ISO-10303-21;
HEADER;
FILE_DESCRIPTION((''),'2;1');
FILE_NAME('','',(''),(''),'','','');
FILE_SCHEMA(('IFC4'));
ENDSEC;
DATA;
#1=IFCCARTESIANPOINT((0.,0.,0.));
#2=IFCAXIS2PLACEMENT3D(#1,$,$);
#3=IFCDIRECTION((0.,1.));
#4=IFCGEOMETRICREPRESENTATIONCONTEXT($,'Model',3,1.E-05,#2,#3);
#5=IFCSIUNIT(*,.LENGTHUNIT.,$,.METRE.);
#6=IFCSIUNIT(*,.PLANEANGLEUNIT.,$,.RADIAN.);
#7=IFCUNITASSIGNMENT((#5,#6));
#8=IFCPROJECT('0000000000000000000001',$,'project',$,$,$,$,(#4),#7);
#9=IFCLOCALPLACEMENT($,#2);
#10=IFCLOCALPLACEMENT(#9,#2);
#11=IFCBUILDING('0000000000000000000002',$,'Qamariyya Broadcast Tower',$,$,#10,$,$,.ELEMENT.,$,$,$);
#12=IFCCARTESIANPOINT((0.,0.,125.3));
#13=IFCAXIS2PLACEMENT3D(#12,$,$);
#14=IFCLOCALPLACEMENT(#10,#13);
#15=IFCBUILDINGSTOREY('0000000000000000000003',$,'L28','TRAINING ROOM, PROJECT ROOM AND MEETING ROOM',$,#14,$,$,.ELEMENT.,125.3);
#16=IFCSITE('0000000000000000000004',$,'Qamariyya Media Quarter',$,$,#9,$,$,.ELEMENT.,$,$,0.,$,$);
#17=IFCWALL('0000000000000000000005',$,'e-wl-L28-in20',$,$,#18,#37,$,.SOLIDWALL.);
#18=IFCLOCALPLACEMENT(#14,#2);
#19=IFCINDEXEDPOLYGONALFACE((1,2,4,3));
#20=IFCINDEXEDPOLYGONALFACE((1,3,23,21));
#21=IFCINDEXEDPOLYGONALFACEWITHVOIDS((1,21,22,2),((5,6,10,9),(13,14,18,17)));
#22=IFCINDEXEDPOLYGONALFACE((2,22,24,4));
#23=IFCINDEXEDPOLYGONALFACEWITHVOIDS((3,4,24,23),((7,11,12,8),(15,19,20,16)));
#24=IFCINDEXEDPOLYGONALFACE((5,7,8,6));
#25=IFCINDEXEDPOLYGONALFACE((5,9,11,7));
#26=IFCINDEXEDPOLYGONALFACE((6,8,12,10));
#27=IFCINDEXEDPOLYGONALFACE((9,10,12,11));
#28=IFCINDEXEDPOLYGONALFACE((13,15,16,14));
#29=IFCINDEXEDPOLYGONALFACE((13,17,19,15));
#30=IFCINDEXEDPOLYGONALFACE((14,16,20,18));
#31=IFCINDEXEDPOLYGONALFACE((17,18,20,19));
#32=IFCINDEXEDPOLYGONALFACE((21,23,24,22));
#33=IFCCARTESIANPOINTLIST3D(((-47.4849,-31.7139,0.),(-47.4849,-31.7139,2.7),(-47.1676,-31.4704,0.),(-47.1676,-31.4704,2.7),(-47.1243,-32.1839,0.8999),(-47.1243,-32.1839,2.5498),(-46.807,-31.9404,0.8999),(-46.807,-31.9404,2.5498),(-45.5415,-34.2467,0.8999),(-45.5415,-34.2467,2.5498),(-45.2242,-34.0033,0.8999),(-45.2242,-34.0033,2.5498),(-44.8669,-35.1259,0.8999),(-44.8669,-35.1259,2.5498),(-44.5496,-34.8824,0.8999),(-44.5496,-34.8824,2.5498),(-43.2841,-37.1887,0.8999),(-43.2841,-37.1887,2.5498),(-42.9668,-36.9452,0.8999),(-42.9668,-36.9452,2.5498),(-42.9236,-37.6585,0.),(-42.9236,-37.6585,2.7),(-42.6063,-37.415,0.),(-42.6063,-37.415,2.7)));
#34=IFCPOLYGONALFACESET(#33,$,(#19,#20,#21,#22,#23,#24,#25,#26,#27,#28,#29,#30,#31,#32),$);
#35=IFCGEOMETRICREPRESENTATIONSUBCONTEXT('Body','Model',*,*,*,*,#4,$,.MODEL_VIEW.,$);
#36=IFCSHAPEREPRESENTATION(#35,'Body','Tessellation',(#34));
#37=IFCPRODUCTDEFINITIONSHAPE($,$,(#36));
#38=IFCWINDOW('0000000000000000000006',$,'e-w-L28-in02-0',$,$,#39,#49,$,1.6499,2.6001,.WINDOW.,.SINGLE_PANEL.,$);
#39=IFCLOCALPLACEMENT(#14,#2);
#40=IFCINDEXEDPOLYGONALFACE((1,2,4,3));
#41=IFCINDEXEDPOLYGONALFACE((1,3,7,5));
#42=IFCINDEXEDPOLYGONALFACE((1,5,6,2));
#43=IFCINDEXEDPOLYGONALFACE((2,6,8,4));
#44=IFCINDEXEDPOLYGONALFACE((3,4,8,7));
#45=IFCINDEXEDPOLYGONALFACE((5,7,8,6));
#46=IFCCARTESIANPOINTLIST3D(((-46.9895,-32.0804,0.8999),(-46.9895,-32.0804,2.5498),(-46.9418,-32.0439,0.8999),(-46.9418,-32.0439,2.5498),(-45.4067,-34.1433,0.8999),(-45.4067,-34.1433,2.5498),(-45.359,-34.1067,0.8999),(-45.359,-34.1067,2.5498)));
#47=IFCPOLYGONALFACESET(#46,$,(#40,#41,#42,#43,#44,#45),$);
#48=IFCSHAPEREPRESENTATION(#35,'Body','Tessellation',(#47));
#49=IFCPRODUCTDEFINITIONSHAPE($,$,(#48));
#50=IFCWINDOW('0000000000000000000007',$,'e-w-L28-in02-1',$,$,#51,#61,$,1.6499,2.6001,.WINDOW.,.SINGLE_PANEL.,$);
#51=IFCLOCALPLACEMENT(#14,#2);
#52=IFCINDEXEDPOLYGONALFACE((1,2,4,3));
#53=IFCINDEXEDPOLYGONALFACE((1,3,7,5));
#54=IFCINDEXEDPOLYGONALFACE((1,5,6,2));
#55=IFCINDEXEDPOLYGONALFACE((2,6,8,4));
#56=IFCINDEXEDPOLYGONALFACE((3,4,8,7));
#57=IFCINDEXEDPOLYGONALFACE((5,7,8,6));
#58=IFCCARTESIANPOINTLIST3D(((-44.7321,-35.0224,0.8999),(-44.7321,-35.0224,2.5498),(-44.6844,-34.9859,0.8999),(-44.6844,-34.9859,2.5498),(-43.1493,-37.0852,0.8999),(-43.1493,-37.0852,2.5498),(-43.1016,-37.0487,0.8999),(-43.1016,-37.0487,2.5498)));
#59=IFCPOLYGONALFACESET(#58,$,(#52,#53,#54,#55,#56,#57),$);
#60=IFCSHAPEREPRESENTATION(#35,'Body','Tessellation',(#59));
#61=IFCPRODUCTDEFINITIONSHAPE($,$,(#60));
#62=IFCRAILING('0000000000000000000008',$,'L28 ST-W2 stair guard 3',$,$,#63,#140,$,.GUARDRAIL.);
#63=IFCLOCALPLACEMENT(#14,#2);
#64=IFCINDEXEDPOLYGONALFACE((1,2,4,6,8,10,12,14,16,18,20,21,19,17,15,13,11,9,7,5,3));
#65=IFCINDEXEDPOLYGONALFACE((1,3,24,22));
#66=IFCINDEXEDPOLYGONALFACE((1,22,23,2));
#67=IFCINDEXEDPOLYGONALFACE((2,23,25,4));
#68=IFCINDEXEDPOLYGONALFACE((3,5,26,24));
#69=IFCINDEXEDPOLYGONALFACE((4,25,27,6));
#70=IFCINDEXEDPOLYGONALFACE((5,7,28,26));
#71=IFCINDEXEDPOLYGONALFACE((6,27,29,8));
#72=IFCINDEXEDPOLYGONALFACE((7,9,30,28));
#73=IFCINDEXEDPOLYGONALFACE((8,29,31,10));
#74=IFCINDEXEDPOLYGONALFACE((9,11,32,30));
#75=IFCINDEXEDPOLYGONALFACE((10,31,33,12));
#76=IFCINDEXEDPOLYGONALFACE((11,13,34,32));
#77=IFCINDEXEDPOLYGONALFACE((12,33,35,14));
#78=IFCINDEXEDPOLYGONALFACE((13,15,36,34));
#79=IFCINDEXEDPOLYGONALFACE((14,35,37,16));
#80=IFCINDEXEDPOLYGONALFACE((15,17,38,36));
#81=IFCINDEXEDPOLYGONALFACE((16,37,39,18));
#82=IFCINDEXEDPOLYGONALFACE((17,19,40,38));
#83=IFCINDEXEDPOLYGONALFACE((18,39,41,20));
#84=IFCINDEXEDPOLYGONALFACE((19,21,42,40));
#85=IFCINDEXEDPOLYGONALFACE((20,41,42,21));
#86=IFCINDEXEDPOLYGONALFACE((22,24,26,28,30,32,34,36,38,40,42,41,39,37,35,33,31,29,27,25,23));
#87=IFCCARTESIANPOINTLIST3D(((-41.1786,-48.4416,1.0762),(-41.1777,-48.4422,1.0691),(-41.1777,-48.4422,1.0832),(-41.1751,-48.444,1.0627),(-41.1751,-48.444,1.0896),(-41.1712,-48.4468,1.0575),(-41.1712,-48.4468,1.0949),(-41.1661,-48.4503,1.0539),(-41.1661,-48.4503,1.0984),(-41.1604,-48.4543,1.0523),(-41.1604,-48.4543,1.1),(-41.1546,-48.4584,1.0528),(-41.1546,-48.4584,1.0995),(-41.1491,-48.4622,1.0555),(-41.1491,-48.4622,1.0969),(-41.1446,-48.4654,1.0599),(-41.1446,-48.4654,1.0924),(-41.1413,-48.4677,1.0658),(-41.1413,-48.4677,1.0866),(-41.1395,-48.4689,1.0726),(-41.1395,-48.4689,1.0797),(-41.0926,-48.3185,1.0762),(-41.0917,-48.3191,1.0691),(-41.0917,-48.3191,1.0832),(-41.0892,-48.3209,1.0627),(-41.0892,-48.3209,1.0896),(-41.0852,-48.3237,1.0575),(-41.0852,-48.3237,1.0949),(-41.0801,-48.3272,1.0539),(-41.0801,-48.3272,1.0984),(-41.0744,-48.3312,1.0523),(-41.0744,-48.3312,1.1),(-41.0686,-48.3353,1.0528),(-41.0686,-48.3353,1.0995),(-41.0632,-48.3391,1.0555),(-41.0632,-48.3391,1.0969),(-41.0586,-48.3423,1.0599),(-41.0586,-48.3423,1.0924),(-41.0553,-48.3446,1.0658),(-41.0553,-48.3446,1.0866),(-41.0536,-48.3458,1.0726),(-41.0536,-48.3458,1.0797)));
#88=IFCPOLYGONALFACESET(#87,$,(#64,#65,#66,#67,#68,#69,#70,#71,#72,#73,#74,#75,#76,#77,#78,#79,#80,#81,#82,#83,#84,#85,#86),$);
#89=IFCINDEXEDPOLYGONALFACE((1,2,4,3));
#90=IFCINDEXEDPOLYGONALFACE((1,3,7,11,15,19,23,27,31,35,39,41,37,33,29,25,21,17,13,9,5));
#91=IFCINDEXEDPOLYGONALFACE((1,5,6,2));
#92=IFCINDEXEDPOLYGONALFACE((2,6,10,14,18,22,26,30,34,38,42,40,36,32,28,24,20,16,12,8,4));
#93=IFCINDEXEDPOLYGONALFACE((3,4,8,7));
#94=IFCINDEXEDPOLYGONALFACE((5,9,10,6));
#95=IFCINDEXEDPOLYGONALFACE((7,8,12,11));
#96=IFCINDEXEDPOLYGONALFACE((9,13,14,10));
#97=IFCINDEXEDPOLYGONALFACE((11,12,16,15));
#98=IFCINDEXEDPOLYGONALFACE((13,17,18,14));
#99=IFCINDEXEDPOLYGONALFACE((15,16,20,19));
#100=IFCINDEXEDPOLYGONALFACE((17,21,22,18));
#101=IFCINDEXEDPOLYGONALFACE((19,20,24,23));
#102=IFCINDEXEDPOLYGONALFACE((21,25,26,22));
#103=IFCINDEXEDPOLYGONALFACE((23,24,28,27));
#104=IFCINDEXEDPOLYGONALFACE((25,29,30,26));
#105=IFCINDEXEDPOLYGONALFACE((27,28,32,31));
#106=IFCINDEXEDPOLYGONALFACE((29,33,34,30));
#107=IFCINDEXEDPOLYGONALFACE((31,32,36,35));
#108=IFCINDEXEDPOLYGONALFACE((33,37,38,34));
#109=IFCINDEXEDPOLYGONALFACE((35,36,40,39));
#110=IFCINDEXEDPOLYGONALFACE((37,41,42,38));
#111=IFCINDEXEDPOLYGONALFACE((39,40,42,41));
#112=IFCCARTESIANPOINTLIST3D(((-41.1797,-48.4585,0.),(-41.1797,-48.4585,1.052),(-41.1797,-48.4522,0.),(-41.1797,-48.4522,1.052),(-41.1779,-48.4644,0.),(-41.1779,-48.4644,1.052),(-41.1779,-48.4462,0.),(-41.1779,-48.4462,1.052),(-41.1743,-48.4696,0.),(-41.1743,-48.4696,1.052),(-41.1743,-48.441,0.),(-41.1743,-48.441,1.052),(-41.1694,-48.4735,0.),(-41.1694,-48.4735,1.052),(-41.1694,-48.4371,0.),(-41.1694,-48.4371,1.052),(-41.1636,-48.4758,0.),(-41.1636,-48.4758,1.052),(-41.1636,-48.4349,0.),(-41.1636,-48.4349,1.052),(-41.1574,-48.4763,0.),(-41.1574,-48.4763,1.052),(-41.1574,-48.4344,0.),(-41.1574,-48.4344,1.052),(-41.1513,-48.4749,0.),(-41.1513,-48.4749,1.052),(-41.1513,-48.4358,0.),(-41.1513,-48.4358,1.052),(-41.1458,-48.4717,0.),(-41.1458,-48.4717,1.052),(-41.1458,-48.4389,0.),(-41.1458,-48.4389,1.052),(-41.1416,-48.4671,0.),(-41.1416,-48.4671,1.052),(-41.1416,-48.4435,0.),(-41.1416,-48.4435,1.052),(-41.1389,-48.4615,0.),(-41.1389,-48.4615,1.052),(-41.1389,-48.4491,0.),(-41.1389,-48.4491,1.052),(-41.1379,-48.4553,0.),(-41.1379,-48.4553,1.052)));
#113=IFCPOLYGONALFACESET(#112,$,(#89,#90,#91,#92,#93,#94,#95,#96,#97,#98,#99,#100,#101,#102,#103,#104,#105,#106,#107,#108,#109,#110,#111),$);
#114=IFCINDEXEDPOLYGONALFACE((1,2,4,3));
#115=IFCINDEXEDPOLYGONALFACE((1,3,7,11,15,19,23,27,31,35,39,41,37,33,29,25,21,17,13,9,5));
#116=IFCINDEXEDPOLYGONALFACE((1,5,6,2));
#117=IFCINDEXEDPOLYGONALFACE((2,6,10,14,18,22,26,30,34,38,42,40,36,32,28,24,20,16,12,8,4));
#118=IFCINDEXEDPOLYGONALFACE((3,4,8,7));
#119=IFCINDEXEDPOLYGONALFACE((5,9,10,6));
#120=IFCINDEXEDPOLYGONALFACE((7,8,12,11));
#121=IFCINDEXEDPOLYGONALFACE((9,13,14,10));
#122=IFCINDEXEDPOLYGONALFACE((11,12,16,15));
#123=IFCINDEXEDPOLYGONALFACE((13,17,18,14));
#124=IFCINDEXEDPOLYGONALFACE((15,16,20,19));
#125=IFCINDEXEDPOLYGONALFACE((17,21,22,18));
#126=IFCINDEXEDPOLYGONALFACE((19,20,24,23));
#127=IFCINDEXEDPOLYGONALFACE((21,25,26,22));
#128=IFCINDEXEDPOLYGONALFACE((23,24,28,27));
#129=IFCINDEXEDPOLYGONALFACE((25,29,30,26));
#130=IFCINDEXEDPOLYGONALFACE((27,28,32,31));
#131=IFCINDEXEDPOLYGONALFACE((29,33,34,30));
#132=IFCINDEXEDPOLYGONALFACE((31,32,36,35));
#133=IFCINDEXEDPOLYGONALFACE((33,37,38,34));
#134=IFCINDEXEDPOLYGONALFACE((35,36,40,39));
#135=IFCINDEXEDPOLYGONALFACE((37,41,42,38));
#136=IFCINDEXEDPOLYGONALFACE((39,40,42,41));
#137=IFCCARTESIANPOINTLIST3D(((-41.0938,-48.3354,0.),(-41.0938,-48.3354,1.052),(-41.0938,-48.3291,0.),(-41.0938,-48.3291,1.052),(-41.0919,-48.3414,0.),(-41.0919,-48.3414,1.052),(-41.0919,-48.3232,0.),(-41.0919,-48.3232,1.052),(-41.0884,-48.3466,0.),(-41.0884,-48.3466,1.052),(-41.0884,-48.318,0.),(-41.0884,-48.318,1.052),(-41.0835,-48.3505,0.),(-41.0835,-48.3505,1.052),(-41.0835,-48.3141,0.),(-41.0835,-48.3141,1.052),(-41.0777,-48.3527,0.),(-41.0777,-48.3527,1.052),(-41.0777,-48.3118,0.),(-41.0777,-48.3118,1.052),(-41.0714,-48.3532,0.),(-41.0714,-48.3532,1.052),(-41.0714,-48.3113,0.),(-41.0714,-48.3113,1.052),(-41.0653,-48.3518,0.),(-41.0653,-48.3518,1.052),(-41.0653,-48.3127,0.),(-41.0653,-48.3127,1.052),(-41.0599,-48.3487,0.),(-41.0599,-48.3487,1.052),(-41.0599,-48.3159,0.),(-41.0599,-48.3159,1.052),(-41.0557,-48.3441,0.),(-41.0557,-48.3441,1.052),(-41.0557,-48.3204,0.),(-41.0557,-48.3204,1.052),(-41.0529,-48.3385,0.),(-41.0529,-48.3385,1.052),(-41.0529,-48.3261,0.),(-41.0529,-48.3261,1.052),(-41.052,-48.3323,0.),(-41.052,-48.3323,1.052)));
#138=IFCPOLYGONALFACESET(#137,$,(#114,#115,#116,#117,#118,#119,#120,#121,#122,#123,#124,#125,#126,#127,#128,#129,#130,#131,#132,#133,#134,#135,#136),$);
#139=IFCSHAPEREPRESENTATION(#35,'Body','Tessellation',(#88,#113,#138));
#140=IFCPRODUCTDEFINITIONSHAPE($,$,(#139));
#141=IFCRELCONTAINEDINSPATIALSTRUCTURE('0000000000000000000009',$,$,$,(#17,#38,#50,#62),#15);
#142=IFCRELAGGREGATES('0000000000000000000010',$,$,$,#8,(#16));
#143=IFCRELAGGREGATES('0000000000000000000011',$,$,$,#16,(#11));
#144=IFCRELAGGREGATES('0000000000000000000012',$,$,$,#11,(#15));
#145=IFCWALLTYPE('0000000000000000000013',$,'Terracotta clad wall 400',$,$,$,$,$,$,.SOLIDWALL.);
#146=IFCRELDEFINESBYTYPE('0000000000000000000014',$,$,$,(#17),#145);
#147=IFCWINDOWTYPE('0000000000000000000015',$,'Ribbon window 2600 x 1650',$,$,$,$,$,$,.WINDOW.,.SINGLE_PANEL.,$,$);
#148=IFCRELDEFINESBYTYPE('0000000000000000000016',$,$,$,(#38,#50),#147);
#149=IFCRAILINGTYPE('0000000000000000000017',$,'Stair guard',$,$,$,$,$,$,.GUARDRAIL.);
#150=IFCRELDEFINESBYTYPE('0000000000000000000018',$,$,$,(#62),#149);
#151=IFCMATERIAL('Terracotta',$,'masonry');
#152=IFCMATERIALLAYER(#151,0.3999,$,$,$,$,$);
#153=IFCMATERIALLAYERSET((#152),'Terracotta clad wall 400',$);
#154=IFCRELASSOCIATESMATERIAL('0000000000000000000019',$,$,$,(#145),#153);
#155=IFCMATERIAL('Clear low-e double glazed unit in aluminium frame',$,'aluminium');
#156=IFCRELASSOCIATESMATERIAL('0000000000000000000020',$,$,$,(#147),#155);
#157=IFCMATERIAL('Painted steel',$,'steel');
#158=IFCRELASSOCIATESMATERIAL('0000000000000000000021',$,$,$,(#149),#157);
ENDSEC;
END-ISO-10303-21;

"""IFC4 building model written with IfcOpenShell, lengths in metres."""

from ifc_helpers import new_model, si_unit, direction, frame, frame_2d, origin, origin_2d, place, context, subcontext, project, spatial, rectangle, circle, extrude, material, layer, layer_set, type_object, element, fill, save


model = new_model("IFC4")

# Units and contexts
model_context = context("Model", 3, precision=1e-05, world=origin(), true_north=direction((0.0, 1.0)))
body_context = subcontext(model_context, "Body", "Model", "MODEL_VIEW")
ifc_project = project(units=[si_unit("LENGTHUNIT", "METRE"), si_unit("PLANEANGLEUNIT", "RADIAN")], contexts=[model_context])

# Site, building, storey
site_placement = place(None, origin())
site = spatial("IfcSite", under=ifc_project, at=site_placement, Name="Qamariyya Media Quarter", CompositionType="ELEMENT", RefElevation=0.0)
building_placement = place(site_placement, origin())
building = spatial("IfcBuilding", under=site, at=building_placement, Name="Qamariyya Broadcast Tower", CompositionType="ELEMENT")
storey_placement = place(building_placement, frame((0.0, 0.0, 125.3)))
storey = spatial("IfcBuildingStorey", under=building, at=storey_placement, Name="L28", Description="TRAINING ROOM, PROJECT ROOM AND MEETING ROOM", CompositionType="ELEMENT", Elevation=125.3)

# Shared definitions
ifc_material_1 = material(Name="Terracotta", Category="masonry")
ifc_layer_1 = layer(ifc_material_1, 0.3999)
ifc_layer_set_1 = layer_set([ifc_layer_1], Name="Terracotta clad wall 400")
wall_type_1 = type_object("IfcWallType", Name="Terracotta clad wall 400", PredefinedType="SOLIDWALL", material=ifc_layer_set_1)
ifc_material_2 = material(Name="Clear low-e double glazed unit in aluminium frame", Category="aluminium")

# Wall, openings, windows
window_type_1 = type_object("IfcWindowType", Name="Ribbon window 2600 x 1650", PartitioningType="SINGLE_PANEL", PredefinedType="WINDOW", material=ifc_material_2)
wall_1_placement = place(storey_placement, frame((-42.7649, -37.5369, 0.0), z_axis=(0.0, 0.0, 1.0), x_axis=(-0.608748, 0.793363, 0.0)))
wall_1 = element("IfcWall", 1, at=wall_1_placement, inside=storey, type_object=wall_type_1, Name="e-wl-L28-in20", PredefinedType="SOLIDWALL", context=body_context, shape_type="SweptSolid", body=[
    extrude(rectangle(XDim=7.4929, YDim=0.3999, at=frame_2d((3.7466, 0.0))), origin(), (0.0, 0.0, 1.0), 2.7),
])
opening_1_placement = place(wall_1_placement, frame((4.3005, 0.0, 0.8999)))
opening_1 = element("IfcOpeningElement", 2, at=opening_1_placement, cuts=wall_1, PredefinedType="OPENING", context=body_context, shape_type="SweptSolid", body=[
    extrude(rectangle(XDim=2.6001, YDim=1.6499, at=frame_2d((1.3, 0.825))), frame((0.0, 0.21, 0.0), z_axis=(0.0, -1.0, 0.0), x_axis=(1.0, 0.0, 0.0)), (0.0, 0.0, 1.0), 0.4199),
])
opening_2_placement = place(wall_1_placement, frame((0.5923, 0.0, 0.8999)))
opening_2 = element("IfcOpeningElement", 3, at=opening_2_placement, cuts=wall_1, PredefinedType="OPENING", context=body_context, shape_type="SweptSolid", body=[
    extrude(rectangle(XDim=2.6001, YDim=1.6499, at=frame_2d((1.3, 0.825))), frame((0.0, 0.21, 0.0), z_axis=(0.0, -1.0, 0.0), x_axis=(1.0, 0.0, 0.0)), (0.0, 0.0, 1.0), 0.4199),
])
window_1_placement = place(opening_1_placement, origin())
window_1 = element("IfcWindow", 4, at=window_1_placement, inside=storey, type_object=window_type_1, Name="e-w-L28-in02-0", OverallHeight=1.6499, OverallWidth=2.6001, PartitioningType="SINGLE_PANEL", PredefinedType="WINDOW", context=body_context, shape_type="SweptSolid", body=[
    extrude(rectangle(XDim=2.6001, YDim=1.6499, at=frame_2d((1.3, 0.825))), frame((0.0, 0.03, 0.0), z_axis=(0.0, -1.0, 0.0), x_axis=(1.0, 0.0, 0.0)), (0.0, 0.0, 1.0), 0.0601),
])
fill(opening_1, window_1)
window_2_placement = place(opening_2_placement, origin())
window_2 = element("IfcWindow", 5, at=window_2_placement, inside=storey, type_object=window_type_1, Name="e-w-L28-in02-1", OverallHeight=1.6499, OverallWidth=2.6001, PartitioningType="SINGLE_PANEL", PredefinedType="WINDOW", context=body_context, shape_type="SweptSolid", body=[
    extrude(rectangle(XDim=2.6001, YDim=1.6499, at=frame_2d((1.3, 0.825))), frame((0.0, 0.03, 0.0), z_axis=(0.0, -1.0, 0.0), x_axis=(1.0, 0.0, 0.0)), (0.0, 0.0, 1.0), 0.0601),
])
fill(opening_2, window_2)

# Railing
ifc_material_3 = material(Name="Painted steel", Category="steel")
railing_type = type_object("IfcRailingType", Name="Stair guard", PredefinedType="GUARDRAIL", material=ifc_material_3)
railing_1_placement = place(storey_placement, frame((-41.1589, -48.4553, 0.0)))
element("IfcRailing", 6, at=railing_1_placement, inside=storey, type_object=railing_type, Name="L28 ST-W2 stair guard 3", PredefinedType="GUARDRAIL", context=body_context, shape_type="SweptSolid", body=[
    extrude(circle(Radius=0.0239, at=origin_2d()), frame((0.0, 0.0, 1.0762), z_axis=(0.572589, 0.819843, 0.0), x_axis=(-0.819843, 0.572589, 0.0)), (0.0, 0.0, 1.0), 0.1501),
    extrude(circle(Radius=0.021, at=origin_2d()), origin(), (0.0, 0.0, 1.0), 1.052),
    extrude(circle(Radius=0.021, at=origin_2d()), frame((0.0859, 0.123, 0.0)), (0.0, 0.0, 1.0), 1.052),
])

save(model, "model.ifc")
